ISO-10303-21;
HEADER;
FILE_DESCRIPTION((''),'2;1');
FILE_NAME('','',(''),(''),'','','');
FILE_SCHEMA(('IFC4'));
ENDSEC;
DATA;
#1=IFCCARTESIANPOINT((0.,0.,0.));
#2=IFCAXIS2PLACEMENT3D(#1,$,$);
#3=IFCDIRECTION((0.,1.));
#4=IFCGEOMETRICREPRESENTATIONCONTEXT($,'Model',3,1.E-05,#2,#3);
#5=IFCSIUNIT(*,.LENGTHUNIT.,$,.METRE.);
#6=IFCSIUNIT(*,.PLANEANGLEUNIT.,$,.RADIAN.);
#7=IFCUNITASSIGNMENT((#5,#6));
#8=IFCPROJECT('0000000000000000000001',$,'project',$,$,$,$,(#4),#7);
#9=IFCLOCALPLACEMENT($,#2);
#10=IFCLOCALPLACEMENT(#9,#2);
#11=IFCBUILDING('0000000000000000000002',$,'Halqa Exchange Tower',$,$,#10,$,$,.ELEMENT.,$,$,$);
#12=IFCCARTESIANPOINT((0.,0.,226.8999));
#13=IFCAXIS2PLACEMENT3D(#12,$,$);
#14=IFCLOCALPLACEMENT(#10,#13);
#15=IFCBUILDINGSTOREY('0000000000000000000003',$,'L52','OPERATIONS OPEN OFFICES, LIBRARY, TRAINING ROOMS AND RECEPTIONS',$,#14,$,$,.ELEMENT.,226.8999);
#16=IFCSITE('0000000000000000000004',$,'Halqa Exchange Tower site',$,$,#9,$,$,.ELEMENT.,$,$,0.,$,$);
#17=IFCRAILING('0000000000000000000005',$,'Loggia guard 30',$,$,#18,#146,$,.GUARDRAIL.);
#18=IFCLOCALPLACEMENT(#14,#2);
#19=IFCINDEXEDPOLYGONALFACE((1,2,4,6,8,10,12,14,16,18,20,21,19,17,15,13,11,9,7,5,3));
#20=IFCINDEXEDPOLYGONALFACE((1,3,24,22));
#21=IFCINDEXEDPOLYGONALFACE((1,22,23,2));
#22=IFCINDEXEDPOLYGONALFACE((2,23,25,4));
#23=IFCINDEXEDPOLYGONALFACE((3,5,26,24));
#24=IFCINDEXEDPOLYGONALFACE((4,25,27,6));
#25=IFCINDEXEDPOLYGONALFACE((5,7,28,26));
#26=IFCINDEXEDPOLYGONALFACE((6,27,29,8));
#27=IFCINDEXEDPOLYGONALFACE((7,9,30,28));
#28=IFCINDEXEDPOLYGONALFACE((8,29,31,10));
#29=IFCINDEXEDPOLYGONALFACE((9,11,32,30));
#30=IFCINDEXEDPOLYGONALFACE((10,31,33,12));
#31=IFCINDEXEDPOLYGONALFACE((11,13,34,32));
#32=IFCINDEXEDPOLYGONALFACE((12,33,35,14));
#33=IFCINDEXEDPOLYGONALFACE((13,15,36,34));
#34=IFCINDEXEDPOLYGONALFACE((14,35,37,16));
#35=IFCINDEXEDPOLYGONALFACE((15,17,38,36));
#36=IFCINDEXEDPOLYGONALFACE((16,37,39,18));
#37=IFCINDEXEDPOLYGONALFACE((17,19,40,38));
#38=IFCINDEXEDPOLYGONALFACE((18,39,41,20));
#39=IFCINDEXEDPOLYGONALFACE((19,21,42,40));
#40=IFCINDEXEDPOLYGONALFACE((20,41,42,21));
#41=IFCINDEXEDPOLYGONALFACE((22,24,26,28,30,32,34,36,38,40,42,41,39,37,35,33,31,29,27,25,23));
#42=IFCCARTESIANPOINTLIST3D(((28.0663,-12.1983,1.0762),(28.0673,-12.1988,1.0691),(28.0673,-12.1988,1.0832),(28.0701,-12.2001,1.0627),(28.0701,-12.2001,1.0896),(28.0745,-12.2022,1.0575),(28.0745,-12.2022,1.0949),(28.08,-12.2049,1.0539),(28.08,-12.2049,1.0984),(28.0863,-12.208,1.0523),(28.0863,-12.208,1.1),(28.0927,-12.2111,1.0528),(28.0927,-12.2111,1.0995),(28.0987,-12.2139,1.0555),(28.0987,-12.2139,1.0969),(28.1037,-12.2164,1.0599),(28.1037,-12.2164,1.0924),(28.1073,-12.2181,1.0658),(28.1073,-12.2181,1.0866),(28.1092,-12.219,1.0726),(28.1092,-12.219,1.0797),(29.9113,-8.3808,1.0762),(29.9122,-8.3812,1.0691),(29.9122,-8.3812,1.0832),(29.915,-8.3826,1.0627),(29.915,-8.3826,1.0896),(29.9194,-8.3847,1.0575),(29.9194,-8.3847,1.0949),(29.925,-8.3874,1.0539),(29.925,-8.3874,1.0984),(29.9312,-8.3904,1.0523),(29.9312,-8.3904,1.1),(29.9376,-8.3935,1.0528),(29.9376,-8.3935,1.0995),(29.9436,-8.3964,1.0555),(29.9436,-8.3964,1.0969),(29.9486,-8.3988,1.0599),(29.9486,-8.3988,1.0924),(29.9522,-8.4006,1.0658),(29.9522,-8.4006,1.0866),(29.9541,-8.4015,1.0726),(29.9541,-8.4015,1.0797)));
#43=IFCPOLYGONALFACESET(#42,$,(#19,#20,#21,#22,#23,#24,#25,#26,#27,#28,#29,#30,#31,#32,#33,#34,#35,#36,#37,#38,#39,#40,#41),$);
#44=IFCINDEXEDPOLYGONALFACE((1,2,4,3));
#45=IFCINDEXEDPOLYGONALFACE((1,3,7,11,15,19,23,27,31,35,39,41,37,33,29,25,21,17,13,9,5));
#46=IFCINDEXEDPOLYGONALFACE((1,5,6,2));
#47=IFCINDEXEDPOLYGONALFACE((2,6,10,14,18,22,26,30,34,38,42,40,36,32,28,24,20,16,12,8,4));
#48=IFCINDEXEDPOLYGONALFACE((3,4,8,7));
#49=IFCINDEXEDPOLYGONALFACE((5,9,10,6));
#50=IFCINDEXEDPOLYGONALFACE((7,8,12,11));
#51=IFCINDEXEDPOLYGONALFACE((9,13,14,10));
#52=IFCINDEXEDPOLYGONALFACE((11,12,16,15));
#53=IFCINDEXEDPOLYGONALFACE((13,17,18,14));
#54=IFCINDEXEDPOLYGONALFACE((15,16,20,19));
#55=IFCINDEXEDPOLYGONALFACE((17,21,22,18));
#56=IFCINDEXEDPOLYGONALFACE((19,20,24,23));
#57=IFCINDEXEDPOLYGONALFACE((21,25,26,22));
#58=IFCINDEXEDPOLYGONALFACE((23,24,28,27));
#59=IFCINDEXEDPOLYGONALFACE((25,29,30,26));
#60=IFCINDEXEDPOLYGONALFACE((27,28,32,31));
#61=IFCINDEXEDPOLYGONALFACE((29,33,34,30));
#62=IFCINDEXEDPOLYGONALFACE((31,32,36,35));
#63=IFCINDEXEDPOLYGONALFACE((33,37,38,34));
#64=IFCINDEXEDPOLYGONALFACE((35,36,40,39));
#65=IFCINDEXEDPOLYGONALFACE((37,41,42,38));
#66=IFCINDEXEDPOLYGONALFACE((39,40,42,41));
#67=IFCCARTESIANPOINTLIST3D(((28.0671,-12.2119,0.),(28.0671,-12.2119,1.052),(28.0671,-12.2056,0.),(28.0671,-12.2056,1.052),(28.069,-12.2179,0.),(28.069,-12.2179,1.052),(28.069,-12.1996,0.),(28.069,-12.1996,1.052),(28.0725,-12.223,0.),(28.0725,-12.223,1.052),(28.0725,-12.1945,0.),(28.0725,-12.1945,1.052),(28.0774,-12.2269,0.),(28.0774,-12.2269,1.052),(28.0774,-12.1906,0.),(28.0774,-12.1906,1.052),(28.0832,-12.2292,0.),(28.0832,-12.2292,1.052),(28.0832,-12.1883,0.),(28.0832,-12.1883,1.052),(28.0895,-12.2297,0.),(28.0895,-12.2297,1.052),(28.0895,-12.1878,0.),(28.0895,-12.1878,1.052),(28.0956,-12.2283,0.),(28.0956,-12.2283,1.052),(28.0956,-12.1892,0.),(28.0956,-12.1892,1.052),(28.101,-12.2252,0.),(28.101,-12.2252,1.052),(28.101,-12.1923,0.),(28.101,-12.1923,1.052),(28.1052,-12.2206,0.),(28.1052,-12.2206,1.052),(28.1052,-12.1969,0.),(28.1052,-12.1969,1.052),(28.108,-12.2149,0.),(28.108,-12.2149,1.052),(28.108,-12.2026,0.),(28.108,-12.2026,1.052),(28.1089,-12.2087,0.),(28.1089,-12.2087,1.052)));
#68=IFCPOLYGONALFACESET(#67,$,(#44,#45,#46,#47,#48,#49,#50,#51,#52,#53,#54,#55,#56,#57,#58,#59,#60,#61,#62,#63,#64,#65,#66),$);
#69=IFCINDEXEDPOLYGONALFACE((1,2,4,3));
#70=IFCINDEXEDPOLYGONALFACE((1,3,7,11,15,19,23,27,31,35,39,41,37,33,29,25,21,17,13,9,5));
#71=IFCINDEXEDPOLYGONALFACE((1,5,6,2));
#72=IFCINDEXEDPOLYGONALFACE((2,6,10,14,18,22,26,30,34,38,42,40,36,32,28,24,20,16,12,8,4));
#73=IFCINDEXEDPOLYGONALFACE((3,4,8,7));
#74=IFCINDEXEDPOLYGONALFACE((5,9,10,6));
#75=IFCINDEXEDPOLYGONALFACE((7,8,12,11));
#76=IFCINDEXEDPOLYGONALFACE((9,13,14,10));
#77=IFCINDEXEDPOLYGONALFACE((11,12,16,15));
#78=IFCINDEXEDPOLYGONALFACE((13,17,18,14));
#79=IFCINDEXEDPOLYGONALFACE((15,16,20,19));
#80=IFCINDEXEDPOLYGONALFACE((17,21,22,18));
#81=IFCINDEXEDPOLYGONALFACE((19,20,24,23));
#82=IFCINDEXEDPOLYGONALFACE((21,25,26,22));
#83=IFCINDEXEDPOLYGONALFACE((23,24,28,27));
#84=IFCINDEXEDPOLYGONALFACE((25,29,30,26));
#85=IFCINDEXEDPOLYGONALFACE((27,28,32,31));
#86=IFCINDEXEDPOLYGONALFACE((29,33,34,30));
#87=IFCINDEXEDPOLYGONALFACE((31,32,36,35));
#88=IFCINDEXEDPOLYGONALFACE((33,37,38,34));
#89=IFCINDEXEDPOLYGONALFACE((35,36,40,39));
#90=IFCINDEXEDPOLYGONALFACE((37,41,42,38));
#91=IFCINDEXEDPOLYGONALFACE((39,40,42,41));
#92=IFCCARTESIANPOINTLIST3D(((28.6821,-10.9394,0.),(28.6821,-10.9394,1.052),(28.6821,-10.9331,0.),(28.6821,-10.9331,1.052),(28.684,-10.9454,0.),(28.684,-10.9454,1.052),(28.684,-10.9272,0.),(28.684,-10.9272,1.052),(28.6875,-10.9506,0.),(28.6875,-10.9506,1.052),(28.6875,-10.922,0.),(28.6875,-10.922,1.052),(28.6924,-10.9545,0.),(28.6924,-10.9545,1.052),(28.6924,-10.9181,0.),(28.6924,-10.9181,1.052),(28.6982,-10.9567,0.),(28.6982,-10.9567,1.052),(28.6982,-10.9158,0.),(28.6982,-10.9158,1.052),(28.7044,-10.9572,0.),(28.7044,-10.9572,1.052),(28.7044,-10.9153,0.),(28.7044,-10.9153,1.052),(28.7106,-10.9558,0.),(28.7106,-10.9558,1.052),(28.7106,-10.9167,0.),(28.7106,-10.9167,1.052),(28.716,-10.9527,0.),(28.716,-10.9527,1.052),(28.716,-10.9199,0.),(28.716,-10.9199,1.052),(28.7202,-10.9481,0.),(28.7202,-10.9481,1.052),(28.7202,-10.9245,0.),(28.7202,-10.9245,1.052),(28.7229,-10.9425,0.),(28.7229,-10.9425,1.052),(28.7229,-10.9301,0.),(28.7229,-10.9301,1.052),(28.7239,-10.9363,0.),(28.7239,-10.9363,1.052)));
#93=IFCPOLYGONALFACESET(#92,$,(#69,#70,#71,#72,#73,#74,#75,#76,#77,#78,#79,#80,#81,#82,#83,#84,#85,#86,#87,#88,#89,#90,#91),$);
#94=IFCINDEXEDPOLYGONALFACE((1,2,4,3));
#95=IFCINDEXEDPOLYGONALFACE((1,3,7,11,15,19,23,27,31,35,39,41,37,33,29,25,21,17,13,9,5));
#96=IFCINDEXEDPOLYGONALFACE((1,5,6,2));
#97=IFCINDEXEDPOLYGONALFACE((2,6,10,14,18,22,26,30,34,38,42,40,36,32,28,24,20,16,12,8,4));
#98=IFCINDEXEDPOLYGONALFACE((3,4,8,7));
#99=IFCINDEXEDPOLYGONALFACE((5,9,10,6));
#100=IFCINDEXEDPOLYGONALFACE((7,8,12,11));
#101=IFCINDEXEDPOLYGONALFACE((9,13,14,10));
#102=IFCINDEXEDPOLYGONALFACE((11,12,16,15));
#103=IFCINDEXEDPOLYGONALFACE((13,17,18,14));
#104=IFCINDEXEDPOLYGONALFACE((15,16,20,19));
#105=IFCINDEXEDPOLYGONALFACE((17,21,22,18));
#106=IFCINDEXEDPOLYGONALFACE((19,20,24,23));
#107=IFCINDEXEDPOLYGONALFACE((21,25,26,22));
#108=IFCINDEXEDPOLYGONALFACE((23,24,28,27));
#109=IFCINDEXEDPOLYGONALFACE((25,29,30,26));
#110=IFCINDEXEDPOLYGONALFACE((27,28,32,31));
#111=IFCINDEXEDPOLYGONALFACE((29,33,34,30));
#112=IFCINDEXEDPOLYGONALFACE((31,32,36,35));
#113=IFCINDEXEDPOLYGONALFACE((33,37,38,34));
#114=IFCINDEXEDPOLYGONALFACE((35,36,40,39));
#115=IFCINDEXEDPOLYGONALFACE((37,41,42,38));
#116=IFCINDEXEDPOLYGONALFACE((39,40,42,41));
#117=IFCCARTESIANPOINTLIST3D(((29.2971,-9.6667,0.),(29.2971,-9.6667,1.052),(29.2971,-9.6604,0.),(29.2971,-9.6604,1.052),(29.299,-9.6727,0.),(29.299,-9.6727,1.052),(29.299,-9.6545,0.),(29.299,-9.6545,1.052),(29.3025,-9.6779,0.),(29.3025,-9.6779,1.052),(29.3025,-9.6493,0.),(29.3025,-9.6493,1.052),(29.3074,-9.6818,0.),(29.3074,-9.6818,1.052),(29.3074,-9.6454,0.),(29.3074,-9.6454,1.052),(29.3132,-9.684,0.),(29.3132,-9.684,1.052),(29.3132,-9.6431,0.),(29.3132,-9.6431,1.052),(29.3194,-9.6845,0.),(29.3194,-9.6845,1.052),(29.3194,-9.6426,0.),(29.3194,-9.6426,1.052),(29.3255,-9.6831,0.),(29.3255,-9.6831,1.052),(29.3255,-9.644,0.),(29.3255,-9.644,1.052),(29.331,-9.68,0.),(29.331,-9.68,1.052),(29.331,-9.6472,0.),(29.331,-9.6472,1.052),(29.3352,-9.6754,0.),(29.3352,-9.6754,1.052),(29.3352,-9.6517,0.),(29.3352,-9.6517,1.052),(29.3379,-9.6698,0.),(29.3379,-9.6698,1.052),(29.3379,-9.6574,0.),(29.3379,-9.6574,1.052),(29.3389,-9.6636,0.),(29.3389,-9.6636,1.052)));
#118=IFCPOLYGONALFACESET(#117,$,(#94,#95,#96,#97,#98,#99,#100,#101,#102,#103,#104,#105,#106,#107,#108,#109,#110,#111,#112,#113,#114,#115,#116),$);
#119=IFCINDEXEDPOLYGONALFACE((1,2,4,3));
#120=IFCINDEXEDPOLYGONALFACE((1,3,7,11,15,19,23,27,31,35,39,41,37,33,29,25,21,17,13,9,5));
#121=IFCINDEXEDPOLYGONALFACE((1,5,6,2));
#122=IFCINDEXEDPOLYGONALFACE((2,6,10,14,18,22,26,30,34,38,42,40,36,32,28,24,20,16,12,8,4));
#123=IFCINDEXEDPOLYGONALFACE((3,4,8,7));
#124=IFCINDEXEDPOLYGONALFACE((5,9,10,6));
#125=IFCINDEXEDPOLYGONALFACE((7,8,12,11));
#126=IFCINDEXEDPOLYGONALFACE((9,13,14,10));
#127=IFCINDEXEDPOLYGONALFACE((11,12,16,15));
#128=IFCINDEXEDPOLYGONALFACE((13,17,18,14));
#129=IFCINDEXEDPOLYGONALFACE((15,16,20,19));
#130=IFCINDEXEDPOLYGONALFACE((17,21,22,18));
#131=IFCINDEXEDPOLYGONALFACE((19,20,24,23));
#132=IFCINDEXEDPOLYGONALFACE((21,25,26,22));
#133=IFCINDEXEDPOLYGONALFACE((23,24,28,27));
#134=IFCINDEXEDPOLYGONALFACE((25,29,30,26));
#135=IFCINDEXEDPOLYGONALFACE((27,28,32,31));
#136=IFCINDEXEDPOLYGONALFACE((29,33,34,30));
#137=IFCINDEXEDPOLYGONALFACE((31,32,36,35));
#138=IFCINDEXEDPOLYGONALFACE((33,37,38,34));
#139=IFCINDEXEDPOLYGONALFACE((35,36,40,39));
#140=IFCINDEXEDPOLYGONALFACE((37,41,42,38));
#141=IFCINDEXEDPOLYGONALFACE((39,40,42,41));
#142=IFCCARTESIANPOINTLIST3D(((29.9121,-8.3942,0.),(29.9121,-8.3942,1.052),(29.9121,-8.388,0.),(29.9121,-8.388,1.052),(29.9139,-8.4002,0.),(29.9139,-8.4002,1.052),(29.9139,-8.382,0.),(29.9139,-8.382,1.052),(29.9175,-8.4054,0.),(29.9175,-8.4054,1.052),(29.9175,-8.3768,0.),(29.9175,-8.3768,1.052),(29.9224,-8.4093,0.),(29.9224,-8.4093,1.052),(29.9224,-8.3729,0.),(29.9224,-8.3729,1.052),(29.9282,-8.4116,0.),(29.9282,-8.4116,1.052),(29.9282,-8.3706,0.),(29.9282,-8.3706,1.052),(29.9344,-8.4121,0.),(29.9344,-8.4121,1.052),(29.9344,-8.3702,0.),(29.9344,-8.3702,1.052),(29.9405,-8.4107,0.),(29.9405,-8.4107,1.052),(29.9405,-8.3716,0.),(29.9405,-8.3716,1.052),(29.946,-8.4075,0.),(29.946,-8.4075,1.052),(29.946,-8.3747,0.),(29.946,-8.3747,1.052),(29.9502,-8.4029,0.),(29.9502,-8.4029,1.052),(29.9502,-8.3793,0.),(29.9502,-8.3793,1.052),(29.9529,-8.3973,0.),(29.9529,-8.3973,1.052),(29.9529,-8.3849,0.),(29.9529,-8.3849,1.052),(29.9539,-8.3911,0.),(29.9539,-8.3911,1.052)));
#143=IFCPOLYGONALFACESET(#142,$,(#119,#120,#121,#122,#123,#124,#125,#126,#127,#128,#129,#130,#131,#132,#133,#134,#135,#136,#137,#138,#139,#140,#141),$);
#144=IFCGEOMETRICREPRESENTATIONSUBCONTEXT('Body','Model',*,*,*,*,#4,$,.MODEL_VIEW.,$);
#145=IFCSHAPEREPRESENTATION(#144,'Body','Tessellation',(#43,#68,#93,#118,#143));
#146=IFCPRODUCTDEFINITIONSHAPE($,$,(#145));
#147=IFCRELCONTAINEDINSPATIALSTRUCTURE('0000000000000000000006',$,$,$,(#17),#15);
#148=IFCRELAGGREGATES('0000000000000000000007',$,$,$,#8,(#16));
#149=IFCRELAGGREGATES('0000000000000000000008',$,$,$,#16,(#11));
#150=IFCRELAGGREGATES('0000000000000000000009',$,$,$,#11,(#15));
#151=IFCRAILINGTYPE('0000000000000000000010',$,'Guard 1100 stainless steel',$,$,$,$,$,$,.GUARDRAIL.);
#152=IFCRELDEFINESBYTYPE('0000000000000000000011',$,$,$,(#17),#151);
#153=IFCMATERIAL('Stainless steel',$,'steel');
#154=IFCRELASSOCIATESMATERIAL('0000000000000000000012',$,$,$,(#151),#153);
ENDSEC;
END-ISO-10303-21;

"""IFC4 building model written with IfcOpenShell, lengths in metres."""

from ifc_helpers import new_model, si_unit, direction, frame, origin, origin_2d, place, context, subcontext, project, spatial, circle, extrude, material, type_object, element, save


model = new_model("IFC4")

# Units and contexts
model_context = context("Model", 3, precision=1e-05, world=origin(), true_north=direction((0.0, 1.0)))
body_context = subcontext(model_context, "Body", "Model", "MODEL_VIEW")
ifc_project = project(units=[si_unit("LENGTHUNIT", "METRE"), si_unit("PLANEANGLEUNIT", "RADIAN")], contexts=[model_context])

# Site, building, storey
site_placement = place(None, origin())
site = spatial("IfcSite", under=ifc_project, at=site_placement, Name="Halqa Exchange Tower site", CompositionType="ELEMENT", RefElevation=0.0)
building_placement = place(site_placement, origin())
building = spatial("IfcBuilding", under=site, at=building_placement, Name="Halqa Exchange Tower", CompositionType="ELEMENT")
storey_placement = place(building_placement, frame((0.0, 0.0, 226.8999)))
storey = spatial("IfcBuildingStorey", under=building, at=storey_placement, Name="L52", Description="OPERATIONS OPEN OFFICES, LIBRARY, TRAINING ROOMS AND RECEPTIONS", CompositionType="ELEMENT", Elevation=226.8999)

# Railing
ifc_material_1 = material(Name="Stainless steel", Category="steel")
railing_type = type_object("IfcRailingType", Name="Guard 1100 stainless steel", PredefinedType="GUARDRAIL", material=ifc_material_1)
railing_1_placement = place(storey_placement, frame((28.0879, -12.2087, 0.0)))
element("IfcRailing", 1, at=railing_1_placement, inside=storey, type_object=railing_type, Name="Loggia guard 30", PredefinedType="GUARDRAIL", context=body_context, shape_type="SweptSolid", body=[
    extrude(circle(Radius=0.0239, at=origin_2d()), frame((0.0, 0.0, 1.0762), z_axis=(0.435127, 0.900369, 0.0), x_axis=(-0.900369, 0.435127, 0.0)), (0.0, 0.0, 1.0), 4.24),
    extrude(circle(Radius=0.021, at=origin_2d()), origin(), (0.0, 0.0, 1.0), 1.052),
    extrude(circle(Radius=0.021, at=origin_2d()), frame((0.615, 1.2725, 0.0)), (0.0, 0.0, 1.0), 1.052),
    extrude(circle(Radius=0.021, at=origin_2d()), frame((1.23, 2.5452, 0.0)), (0.0, 0.0, 1.0), 1.052),
    extrude(circle(Radius=0.021, at=origin_2d()), frame((1.845, 3.8176, 0.0)), (0.0, 0.0, 1.0), 1.052),
])

save(model, "model.ifc")
